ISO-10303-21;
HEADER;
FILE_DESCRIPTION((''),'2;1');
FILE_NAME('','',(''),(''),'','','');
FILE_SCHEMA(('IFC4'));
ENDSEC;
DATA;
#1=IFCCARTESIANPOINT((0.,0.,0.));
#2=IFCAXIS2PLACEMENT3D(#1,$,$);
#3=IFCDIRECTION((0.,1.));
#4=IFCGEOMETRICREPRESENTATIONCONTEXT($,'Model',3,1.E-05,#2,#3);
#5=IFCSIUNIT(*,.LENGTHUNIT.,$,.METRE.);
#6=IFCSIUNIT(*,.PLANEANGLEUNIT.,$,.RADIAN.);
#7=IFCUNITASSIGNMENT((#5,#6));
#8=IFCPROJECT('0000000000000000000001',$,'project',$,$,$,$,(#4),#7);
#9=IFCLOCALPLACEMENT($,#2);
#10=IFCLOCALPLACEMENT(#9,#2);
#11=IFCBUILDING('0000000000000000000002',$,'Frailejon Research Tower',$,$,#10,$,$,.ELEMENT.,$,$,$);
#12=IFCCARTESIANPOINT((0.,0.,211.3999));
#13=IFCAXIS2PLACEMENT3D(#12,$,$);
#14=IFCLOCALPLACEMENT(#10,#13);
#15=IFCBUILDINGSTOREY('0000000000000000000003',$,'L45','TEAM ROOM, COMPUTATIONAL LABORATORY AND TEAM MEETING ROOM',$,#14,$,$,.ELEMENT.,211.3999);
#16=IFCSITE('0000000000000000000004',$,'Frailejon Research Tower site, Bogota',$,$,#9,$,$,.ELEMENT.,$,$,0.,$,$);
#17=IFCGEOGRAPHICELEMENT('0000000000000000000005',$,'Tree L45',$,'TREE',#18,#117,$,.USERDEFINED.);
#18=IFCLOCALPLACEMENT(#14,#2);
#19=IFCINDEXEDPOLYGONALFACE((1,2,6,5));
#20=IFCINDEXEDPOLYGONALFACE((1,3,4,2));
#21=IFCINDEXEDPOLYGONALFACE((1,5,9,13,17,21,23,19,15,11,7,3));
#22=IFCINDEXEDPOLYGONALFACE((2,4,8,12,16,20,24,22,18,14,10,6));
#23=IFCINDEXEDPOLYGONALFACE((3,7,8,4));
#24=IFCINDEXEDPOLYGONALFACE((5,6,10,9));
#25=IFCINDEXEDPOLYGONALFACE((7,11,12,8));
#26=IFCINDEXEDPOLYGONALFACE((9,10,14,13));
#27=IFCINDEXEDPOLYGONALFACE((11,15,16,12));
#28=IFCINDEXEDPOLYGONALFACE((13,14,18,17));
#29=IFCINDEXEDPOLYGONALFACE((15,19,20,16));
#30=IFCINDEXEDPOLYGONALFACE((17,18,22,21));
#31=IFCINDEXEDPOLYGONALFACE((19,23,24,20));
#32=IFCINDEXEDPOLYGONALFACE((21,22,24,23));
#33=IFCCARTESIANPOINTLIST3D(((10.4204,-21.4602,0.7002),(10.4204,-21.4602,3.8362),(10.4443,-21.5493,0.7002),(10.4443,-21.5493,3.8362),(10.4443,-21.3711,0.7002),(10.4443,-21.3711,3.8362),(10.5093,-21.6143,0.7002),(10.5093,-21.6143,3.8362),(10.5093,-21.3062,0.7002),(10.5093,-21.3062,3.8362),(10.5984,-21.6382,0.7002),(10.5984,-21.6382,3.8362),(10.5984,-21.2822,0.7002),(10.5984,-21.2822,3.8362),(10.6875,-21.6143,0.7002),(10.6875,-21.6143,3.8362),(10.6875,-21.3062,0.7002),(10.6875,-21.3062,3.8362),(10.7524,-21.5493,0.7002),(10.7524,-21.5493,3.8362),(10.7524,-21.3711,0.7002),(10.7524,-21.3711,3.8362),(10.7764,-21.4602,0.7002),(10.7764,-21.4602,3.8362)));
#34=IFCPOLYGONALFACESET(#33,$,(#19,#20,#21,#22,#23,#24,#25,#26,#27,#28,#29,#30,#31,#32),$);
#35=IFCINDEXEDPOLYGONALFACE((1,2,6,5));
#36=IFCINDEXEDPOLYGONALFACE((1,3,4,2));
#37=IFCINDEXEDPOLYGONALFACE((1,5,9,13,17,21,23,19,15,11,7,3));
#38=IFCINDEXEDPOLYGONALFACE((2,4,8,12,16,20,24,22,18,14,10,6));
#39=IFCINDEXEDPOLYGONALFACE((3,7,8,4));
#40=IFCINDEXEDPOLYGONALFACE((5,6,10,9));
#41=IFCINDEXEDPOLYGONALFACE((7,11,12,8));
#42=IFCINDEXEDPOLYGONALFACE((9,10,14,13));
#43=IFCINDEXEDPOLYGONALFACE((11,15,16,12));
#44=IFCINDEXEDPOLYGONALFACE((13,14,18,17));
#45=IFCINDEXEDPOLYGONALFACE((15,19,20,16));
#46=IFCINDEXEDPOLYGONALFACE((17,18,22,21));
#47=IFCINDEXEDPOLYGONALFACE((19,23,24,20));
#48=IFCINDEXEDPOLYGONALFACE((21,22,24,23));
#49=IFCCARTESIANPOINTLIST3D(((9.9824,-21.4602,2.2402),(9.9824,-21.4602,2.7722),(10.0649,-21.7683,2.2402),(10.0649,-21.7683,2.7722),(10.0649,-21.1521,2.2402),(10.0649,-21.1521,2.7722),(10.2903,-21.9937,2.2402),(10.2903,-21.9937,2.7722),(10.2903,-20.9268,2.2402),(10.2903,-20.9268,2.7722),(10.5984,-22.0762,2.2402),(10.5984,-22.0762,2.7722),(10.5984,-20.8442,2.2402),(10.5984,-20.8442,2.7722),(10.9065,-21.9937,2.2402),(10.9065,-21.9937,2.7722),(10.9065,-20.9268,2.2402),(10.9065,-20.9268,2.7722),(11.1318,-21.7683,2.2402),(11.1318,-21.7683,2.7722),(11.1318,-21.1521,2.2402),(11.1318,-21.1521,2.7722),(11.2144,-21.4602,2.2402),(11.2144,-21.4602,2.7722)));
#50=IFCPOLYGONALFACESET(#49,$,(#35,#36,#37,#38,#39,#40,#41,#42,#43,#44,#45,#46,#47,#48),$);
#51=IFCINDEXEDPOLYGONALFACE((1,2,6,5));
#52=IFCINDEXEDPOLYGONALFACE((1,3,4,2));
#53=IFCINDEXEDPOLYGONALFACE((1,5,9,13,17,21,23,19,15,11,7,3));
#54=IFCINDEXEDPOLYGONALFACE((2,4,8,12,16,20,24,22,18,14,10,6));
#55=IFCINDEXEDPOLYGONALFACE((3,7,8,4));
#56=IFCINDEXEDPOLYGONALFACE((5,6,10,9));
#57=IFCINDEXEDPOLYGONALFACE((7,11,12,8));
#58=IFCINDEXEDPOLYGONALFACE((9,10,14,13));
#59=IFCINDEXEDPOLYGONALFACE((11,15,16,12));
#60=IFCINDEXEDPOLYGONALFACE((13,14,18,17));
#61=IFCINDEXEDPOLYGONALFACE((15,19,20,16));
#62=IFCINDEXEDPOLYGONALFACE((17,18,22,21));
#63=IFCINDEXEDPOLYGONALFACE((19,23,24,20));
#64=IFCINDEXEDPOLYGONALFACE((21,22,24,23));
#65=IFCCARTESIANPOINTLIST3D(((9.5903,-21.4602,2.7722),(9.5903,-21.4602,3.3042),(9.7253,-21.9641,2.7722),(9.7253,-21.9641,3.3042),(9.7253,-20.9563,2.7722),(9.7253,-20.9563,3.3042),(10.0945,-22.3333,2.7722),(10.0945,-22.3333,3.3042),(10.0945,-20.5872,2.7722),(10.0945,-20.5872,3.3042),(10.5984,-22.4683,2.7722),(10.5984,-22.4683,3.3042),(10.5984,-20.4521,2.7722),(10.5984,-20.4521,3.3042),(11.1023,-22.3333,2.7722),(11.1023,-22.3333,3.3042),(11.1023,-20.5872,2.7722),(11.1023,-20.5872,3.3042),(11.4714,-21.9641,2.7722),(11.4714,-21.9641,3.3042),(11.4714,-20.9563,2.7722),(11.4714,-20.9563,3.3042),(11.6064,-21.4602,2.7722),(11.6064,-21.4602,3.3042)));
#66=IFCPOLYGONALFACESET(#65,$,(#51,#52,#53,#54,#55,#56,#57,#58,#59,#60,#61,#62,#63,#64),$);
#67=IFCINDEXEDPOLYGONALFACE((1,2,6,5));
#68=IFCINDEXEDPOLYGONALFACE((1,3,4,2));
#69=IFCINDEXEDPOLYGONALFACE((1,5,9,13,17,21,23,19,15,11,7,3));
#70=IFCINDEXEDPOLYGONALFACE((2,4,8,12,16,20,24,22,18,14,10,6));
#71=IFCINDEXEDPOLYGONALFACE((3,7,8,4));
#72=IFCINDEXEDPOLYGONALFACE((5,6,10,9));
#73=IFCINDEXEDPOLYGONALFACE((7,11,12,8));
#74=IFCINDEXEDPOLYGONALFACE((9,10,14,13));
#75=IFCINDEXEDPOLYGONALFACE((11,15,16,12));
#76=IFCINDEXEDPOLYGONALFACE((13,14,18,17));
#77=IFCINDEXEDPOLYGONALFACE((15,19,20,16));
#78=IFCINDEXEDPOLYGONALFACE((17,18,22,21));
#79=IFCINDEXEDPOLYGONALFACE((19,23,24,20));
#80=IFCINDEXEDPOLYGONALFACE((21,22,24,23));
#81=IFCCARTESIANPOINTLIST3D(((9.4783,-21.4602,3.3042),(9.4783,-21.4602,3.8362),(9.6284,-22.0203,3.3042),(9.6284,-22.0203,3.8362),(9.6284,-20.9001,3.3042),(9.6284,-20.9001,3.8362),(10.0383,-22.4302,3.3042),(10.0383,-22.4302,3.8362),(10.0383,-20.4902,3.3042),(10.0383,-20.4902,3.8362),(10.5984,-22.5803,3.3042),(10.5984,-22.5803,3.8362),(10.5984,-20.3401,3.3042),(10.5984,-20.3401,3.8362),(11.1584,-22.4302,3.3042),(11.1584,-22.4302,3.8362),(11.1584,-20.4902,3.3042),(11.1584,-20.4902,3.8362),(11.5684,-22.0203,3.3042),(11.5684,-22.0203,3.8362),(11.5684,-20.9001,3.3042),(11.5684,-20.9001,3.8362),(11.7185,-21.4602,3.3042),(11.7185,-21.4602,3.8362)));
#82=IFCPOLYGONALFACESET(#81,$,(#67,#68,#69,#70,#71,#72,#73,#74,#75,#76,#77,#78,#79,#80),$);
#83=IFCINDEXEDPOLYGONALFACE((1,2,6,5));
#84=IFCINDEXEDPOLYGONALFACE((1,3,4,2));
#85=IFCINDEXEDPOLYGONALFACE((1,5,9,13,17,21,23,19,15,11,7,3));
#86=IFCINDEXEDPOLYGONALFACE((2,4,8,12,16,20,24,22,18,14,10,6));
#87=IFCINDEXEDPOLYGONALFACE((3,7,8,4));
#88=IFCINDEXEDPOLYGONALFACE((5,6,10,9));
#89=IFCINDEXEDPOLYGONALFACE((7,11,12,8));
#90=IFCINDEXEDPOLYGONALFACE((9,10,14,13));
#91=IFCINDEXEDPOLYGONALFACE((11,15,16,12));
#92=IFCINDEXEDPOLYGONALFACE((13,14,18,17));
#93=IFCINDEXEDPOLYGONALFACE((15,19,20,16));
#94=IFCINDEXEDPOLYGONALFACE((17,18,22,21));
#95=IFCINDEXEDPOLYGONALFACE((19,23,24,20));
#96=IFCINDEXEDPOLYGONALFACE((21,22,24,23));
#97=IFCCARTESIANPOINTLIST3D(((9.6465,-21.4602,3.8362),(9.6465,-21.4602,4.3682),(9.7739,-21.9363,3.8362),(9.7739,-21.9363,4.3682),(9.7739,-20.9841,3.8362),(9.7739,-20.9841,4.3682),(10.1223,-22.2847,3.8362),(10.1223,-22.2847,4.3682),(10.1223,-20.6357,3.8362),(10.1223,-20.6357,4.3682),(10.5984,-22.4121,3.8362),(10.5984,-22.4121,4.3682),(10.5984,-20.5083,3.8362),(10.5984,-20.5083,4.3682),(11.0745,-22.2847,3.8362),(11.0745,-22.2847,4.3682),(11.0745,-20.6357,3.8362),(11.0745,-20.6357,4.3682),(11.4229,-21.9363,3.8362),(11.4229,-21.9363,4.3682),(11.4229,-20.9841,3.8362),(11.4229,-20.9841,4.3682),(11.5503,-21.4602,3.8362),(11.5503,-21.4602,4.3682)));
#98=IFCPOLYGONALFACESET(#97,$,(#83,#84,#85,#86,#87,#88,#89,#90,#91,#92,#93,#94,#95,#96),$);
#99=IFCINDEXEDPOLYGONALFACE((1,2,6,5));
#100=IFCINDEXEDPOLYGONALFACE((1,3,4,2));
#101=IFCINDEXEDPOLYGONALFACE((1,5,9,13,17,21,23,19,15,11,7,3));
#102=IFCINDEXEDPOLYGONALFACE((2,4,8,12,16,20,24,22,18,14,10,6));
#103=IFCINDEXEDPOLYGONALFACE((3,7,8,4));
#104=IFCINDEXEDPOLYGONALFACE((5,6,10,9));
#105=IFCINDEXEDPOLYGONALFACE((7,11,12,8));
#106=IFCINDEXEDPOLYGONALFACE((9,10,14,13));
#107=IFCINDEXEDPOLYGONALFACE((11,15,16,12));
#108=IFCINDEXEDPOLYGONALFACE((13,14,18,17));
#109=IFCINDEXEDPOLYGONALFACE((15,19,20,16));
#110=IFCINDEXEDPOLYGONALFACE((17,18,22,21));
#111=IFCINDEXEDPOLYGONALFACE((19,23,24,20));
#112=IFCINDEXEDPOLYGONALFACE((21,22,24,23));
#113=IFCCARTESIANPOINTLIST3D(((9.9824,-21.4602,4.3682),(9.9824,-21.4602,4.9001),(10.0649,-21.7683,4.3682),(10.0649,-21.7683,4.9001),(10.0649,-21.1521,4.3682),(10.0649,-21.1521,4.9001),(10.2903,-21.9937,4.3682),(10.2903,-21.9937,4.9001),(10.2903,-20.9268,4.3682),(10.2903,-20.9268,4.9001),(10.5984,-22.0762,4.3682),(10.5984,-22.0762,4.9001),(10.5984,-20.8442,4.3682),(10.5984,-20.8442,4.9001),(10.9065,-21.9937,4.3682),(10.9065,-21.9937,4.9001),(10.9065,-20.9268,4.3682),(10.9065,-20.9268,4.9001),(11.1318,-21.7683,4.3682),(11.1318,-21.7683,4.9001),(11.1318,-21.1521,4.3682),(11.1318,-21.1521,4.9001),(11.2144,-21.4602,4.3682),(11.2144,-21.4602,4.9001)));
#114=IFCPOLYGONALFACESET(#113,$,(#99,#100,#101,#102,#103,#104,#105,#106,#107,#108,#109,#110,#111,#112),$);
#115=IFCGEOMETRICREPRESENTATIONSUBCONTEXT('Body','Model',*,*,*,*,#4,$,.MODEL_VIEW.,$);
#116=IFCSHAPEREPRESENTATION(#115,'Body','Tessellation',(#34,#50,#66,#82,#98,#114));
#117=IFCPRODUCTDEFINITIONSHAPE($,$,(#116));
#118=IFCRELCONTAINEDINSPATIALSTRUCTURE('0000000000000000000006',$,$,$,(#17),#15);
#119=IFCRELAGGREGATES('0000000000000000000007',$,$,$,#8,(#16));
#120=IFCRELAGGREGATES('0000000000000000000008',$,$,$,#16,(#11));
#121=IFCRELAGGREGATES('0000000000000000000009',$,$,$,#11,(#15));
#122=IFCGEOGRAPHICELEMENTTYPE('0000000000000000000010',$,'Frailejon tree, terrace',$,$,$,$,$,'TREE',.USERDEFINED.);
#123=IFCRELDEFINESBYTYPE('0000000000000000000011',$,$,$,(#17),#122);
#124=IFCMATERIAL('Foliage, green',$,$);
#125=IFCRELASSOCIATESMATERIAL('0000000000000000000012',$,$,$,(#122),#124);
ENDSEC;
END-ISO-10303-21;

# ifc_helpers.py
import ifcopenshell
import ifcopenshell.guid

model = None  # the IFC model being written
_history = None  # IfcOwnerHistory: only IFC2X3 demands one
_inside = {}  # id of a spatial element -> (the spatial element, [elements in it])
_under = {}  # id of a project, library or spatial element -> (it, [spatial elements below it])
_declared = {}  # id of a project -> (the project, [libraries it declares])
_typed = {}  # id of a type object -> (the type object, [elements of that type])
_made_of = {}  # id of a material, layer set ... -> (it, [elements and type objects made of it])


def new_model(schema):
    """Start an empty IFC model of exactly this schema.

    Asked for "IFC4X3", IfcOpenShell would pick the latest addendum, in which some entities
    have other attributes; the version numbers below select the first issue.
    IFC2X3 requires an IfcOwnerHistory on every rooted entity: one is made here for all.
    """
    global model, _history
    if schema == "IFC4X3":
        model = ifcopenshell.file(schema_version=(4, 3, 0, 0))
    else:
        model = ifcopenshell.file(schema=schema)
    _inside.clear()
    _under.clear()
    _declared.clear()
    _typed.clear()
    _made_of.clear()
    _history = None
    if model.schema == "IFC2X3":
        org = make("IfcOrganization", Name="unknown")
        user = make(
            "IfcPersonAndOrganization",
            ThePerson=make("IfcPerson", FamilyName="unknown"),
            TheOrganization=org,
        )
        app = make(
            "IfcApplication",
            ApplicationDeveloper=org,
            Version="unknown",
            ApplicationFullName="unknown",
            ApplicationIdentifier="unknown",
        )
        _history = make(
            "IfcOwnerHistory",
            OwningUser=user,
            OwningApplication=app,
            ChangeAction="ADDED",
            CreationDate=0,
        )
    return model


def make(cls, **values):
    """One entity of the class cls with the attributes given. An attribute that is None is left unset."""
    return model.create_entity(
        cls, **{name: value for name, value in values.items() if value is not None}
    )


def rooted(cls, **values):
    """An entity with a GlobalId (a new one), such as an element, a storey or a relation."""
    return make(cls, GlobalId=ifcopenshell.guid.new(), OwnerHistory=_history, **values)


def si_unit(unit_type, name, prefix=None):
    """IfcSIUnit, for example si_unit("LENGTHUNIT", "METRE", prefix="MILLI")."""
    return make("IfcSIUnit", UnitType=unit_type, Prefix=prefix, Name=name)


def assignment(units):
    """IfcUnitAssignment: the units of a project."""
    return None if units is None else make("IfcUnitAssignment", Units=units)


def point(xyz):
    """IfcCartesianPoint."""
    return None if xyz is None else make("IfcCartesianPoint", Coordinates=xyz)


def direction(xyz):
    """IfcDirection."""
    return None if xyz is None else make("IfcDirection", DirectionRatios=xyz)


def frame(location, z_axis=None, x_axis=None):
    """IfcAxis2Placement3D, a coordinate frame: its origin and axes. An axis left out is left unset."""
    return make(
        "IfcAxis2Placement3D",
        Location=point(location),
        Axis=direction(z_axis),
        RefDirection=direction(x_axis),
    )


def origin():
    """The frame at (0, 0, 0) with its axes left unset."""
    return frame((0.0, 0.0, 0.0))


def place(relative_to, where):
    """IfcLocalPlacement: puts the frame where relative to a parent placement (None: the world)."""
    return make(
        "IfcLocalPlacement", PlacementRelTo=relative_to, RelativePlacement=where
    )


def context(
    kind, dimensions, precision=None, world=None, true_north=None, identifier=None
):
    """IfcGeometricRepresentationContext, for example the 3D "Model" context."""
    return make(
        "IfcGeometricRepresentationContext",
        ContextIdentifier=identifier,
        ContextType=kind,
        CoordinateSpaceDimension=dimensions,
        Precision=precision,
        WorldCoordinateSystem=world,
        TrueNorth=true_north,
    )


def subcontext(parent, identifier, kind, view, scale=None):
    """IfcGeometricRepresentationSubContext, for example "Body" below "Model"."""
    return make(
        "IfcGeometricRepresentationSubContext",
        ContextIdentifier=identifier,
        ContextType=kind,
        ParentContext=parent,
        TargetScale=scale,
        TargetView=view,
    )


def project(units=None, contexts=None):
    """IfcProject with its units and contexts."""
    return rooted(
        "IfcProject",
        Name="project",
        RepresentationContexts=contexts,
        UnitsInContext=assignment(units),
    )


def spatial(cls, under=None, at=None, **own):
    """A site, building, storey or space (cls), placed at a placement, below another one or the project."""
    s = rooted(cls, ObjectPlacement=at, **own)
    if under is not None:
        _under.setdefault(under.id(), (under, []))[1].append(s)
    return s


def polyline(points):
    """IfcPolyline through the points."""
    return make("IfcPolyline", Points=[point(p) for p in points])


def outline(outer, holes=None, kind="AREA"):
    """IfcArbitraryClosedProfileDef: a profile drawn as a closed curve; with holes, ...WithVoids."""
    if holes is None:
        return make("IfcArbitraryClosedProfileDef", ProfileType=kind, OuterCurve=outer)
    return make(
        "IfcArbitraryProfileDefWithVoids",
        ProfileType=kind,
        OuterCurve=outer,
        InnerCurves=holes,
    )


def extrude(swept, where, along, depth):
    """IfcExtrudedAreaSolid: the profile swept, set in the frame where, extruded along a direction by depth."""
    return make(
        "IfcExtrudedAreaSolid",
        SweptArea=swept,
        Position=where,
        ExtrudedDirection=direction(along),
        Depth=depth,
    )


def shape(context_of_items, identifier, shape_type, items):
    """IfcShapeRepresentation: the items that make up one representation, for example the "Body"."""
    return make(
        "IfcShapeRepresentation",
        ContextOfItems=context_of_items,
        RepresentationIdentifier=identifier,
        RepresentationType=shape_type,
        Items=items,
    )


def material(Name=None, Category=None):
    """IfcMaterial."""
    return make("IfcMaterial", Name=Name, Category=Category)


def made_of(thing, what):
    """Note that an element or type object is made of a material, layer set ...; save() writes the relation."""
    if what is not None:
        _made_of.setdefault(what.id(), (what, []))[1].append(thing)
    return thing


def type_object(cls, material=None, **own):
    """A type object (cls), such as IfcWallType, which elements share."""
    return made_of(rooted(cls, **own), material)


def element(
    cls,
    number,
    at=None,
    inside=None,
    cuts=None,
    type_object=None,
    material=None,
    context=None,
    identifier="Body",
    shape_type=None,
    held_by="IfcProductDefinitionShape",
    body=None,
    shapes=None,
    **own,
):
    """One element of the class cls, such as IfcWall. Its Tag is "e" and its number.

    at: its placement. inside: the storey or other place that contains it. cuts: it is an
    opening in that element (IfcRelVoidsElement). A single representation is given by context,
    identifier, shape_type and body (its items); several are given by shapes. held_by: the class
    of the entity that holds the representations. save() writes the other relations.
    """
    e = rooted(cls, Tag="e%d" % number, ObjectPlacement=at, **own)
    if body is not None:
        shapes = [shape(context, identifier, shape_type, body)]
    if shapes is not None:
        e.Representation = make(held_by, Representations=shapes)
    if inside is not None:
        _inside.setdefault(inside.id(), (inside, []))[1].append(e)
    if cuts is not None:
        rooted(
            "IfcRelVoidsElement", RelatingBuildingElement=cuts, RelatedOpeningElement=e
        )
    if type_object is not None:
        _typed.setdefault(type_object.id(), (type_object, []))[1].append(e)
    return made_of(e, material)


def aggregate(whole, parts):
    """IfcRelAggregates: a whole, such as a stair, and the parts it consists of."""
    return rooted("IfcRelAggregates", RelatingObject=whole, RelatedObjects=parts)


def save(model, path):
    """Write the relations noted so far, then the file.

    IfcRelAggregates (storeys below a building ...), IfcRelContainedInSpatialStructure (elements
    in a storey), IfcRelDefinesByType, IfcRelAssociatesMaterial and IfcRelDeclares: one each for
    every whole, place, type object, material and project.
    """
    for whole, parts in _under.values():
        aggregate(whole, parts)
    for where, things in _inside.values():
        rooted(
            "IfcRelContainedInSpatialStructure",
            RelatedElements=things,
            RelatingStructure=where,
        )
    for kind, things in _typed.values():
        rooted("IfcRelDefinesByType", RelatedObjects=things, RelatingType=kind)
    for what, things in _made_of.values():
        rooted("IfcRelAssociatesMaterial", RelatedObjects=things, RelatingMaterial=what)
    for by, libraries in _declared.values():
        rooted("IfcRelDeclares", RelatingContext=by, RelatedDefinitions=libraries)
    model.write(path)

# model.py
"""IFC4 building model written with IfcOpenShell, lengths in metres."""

from ifc_helpers import new_model, si_unit, direction, frame, origin, place, context, subcontext, project, spatial, polyline, outline, extrude, material, type_object, element, save


model = new_model("IFC4")

# Units and contexts
model_context = context("Model", 3, precision=1e-05, world=origin(), true_north=direction((0.0, 1.0)))
body_context = subcontext(model_context, "Body", "Model", "MODEL_VIEW")
ifc_project = project(units=[si_unit("LENGTHUNIT", "METRE"), si_unit("PLANEANGLEUNIT", "RADIAN")], contexts=[model_context])

# Site, building, storey
site_placement = place(None, origin())
site = spatial("IfcSite", under=ifc_project, at=site_placement, Name="Frailejon Research Tower site, Bogota", CompositionType="ELEMENT", RefElevation=0.0)
building_placement = place(site_placement, origin())
building = spatial("IfcBuilding", under=site, at=building_placement, Name="Frailejon Research Tower", CompositionType="ELEMENT")
storey_placement = place(building_placement, frame((0.0, 0.0, 211.3999)))
storey = spatial("IfcBuildingStorey", under=building, at=storey_placement, Name="L45", Description="TEAM ROOM, COMPUTATIONAL LABORATORY AND TEAM MEETING ROOM", CompositionType="ELEMENT", Elevation=211.3999)

# Geographic element
ifc_material_1 = material(Name="Foliage, green")
geographic_element_type = type_object("IfcGeographicElementType", Name="Frailejon tree, terrace", ElementType="TREE", PredefinedType="USERDEFINED", material=ifc_material_1)
geographic_element_placement = place(storey_placement, frame((10.5984, -21.4602, 0.7002)))
element("IfcGeographicElement", 1, at=geographic_element_placement, inside=storey, type_object=geographic_element_type, Name="Tree L45", ObjectType="TREE", PredefinedType="USERDEFINED", context=body_context, shape_type="SweptSolid", body=[
    extrude(outline(polyline([(0.178, 0.0), (0.1541, 0.0891), (0.0891, 0.1541), (0.0, 0.178), (-0.0891, 0.1541), (-0.1541, 0.0891), (-0.178, 0.0), (-0.1541, -0.0891), (-0.0891, -0.1541), (0.0, -0.178), (0.0891, -0.1541), (0.1541, -0.0891), (0.178, 0.0)])), origin(), (0.0, 0.0, 1.0), 3.136),
    extrude(outline(polyline([(0.616, 0.0), (0.5334, 0.3081), (0.3081, 0.5334), (0.0, 0.616), (-0.3081, 0.5334), (-0.5334, 0.3081), (-0.616, 0.0), (-0.5334, -0.3081), (-0.3081, -0.5334), (0.0, -0.616), (0.3081, -0.5334), (0.5334, -0.3081), (0.616, 0.0)])), frame((0.0, 0.0, 1.54)), (0.0, 0.0, 1.0), 0.532),
    extrude(outline(polyline([(1.0081, 0.0), (0.873, 0.5039), (0.5039, 0.873), (0.0, 1.0081), (-0.5039, 0.873), (-0.873, 0.5039), (-1.0081, 0.0), (-0.873, -0.5039), (-0.5039, -0.873), (0.0, -1.0081), (0.5039, -0.873), (0.873, -0.5039), (1.0081, 0.0)])), frame((0.0, 0.0, 2.072)), (0.0, 0.0, 1.0), 0.532),
    extrude(outline(polyline([(1.1201, 0.0), (0.97, 0.5601), (0.5601, 0.97), (0.0, 1.1201), (-0.5601, 0.97), (-0.97, 0.5601), (-1.1201, 0.0), (-0.97, -0.5601), (-0.5601, -0.97), (0.0, -1.1201), (0.5601, -0.97), (0.97, -0.5601), (1.1201, 0.0)])), frame((0.0, 0.0, 2.604)), (0.0, 0.0, 1.0), 0.532),
    extrude(outline(polyline([(0.9519, 0.0), (0.8245, 0.4761), (0.4761, 0.8245), (0.0, 0.9519), (-0.4761, 0.8245), (-0.8245, 0.4761), (-0.9519, 0.0), (-0.8245, -0.4761), (-0.4761, -0.8245), (0.0, -0.9519), (0.4761, -0.8245), (0.8245, -0.4761), (0.9519, 0.0)])), frame((0.0, 0.0, 3.136)), (0.0, 0.0, 1.0), 0.532),
    extrude(outline(polyline([(0.616, 0.0), (0.5334, 0.3081), (0.3081, 0.5334), (0.0, 0.616), (-0.3081, 0.5334), (-0.5334, 0.3081), (-0.616, 0.0), (-0.5334, -0.3081), (-0.3081, -0.5334), (0.0, -0.616), (0.3081, -0.5334), (0.5334, -0.3081), (0.616, 0.0)])), frame((0.0, 0.0, 3.668)), (0.0, 0.0, 1.0), 0.532),
])

save(model, "model.ifc")
